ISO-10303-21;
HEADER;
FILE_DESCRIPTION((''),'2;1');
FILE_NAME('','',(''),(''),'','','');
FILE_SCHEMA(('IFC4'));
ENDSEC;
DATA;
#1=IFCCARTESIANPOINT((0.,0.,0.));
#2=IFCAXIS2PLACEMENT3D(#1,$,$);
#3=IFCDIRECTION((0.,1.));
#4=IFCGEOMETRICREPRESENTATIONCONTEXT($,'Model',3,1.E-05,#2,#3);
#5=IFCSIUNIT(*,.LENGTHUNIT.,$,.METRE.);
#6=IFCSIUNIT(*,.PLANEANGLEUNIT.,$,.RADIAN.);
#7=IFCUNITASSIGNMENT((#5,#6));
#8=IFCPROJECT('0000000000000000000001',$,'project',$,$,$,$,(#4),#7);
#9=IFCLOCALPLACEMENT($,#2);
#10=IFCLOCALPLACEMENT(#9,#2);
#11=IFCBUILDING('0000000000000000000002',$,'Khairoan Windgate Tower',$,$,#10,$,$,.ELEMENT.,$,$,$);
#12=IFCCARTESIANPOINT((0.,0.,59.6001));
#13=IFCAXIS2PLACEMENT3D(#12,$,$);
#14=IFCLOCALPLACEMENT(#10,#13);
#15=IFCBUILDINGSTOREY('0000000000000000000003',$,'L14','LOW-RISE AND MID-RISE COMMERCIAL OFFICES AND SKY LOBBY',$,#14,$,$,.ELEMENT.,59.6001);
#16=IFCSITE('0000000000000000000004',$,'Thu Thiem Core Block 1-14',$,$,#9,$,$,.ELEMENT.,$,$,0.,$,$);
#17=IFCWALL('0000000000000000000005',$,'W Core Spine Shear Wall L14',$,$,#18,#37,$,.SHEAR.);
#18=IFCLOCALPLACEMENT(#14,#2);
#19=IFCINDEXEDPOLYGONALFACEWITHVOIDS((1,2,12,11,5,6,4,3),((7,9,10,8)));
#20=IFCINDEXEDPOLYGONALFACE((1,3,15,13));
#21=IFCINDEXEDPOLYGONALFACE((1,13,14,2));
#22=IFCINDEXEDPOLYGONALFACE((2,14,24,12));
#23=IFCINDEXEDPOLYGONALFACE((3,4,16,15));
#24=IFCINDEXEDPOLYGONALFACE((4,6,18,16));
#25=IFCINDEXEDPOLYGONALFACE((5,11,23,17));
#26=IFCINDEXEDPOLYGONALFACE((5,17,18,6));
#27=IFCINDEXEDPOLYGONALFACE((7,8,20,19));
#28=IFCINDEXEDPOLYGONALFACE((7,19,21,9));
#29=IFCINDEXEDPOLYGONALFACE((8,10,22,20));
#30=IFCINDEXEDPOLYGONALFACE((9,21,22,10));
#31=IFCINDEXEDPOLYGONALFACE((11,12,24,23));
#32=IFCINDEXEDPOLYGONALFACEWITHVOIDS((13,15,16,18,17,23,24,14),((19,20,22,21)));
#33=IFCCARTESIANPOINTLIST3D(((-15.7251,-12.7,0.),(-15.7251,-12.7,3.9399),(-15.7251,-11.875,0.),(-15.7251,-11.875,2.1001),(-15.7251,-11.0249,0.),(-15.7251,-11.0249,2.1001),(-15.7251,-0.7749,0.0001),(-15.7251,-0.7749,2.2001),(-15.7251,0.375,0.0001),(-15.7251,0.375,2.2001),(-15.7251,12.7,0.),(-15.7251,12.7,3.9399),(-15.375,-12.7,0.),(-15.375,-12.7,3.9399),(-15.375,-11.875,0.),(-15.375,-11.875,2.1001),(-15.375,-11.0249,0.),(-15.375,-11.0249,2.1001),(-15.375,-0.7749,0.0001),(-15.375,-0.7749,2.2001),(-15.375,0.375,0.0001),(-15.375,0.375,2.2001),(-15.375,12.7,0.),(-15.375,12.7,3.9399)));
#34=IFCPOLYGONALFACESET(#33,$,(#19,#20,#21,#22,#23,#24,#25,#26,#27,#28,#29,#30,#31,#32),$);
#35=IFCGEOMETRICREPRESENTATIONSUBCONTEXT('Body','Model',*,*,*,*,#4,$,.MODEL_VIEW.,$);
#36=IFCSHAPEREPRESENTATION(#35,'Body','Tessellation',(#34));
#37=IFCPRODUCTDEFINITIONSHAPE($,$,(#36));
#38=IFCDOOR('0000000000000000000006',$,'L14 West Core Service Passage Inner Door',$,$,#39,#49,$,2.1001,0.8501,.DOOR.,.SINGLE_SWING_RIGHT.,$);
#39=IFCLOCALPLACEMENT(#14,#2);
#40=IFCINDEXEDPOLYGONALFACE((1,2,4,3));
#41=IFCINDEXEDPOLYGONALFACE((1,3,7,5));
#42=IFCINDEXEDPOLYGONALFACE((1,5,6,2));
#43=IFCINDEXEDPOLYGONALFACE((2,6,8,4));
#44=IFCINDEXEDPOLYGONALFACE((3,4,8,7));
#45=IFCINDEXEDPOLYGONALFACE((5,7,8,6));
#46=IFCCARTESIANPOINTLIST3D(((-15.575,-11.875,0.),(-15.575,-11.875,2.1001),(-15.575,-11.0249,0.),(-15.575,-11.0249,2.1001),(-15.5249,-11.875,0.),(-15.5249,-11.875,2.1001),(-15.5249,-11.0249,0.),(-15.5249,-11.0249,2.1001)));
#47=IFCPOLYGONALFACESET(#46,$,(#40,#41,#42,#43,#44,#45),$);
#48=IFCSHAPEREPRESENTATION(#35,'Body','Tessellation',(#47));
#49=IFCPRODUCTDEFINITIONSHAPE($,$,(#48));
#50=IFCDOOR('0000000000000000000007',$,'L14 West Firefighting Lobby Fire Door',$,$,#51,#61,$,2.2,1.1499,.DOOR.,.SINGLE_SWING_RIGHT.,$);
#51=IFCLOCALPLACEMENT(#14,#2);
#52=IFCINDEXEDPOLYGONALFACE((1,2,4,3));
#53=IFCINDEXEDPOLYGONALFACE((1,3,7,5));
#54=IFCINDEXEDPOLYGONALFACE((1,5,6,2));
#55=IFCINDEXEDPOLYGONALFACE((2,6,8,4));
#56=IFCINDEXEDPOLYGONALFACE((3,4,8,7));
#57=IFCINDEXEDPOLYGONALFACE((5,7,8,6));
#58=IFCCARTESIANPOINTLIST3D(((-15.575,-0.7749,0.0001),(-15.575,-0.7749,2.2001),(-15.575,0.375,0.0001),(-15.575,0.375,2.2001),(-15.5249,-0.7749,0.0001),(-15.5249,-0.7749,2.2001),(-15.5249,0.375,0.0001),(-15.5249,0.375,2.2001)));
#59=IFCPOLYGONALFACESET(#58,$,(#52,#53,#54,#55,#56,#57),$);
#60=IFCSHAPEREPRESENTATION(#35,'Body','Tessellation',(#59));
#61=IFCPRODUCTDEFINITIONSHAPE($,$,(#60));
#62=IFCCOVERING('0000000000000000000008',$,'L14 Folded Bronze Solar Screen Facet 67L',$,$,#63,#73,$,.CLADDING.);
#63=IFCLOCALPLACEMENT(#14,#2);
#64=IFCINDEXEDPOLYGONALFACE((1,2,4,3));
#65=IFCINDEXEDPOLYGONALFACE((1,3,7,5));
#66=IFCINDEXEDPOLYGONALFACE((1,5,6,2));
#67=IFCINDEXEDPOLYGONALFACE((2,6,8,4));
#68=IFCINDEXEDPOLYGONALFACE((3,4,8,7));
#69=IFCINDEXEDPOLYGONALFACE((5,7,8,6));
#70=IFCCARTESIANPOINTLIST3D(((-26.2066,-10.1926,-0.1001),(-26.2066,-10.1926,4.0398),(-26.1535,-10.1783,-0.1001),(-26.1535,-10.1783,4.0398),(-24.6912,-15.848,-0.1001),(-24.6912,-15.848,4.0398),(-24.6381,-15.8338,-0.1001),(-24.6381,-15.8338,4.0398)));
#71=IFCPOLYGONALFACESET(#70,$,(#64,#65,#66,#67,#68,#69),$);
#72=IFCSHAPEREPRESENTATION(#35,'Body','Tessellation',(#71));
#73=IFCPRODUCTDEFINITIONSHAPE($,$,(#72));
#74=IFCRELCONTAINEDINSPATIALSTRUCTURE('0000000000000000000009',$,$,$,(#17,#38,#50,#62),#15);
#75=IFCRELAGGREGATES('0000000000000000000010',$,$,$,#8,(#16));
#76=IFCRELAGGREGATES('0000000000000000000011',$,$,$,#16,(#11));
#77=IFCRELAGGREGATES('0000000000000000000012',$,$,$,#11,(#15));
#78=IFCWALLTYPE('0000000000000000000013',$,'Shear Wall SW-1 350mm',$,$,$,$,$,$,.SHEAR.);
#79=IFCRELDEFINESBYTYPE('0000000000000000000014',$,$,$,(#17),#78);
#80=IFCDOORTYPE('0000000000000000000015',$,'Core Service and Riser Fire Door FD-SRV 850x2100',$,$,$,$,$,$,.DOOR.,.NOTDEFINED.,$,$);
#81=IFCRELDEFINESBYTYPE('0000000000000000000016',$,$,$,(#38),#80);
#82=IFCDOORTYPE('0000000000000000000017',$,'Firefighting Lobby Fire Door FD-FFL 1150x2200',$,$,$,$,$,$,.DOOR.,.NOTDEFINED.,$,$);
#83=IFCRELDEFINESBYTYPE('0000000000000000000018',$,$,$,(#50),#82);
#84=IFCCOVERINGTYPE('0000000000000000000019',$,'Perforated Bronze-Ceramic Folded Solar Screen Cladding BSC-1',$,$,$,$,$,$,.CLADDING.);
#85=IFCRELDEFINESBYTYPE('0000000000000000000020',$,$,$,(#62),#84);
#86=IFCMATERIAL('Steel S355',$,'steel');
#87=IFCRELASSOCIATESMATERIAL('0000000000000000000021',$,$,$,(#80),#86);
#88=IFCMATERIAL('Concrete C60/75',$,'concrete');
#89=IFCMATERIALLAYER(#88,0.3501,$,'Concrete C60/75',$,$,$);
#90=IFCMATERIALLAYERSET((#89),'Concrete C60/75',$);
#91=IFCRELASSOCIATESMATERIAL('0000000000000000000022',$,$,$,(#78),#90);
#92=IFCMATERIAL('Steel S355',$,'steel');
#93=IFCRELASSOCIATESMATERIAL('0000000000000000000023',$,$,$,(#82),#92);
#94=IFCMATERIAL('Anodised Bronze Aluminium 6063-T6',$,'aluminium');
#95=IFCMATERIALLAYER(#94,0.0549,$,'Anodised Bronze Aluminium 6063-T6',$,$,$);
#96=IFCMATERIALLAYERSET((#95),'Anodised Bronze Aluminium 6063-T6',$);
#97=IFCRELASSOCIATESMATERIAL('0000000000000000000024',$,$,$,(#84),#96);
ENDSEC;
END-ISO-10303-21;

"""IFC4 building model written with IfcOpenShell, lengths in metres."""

from ifc_helpers import new_model, si_unit, direction, frame, frame_2d, origin, origin_2d, place, context, subcontext, project, spatial, rectangle, extrude, material, layer, layer_set, type_object, element, fill, save


model = new_model("IFC4")

# Units and contexts
model_context = context("Model", 3, precision=1e-05, world=origin(), true_north=direction((0.0, 1.0)))
body_context = subcontext(model_context, "Body", "Model", "MODEL_VIEW")
ifc_project = project(units=[si_unit("LENGTHUNIT", "METRE"), si_unit("PLANEANGLEUNIT", "RADIAN")], contexts=[model_context])

# Site, building, storey
site_placement = place(None, origin())
site = spatial("IfcSite", under=ifc_project, at=site_placement, Name="Thu Thiem Core Block 1-14", CompositionType="ELEMENT", RefElevation=0.0)
building_placement = place(site_placement, origin())
building = spatial("IfcBuilding", under=site, at=building_placement, Name="Khairoan Windgate Tower", CompositionType="ELEMENT")
storey_placement = place(building_placement, frame((0.0, 0.0, 59.6001)))
storey = spatial("IfcBuildingStorey", under=building, at=storey_placement, Name="L14", Description="LOW-RISE AND MID-RISE COMMERCIAL OFFICES AND SKY LOBBY", CompositionType="ELEMENT", Elevation=59.6001)

# Shared definitions
ifc_material_1 = material(Name="Steel S355", Category="steel")
door_type_1 = type_object("IfcDoorType", Name="Core Service and Riser Fire Door FD-SRV 850x2100", OperationType="NOTDEFINED", PredefinedType="DOOR", material=ifc_material_1)

# Wall, openings, doors
ifc_material_2 = material(Name="Concrete C60/75", Category="concrete")
ifc_layer_1 = layer(ifc_material_2, 0.3501, Name="Concrete C60/75")
ifc_layer_set_1 = layer_set([ifc_layer_1], Name="Concrete C60/75")
wall_type_1 = type_object("IfcWallType", Name="Shear Wall SW-1 350mm", PredefinedType="SHEAR", material=ifc_layer_set_1)
wall_1_placement = place(storey_placement, frame((-15.55, -12.7, 0.0), z_axis=(0.0, 0.0, 1.0), x_axis=(0.0, 1.0, 0.0)))
wall_1 = element("IfcWall", 1, at=wall_1_placement, inside=storey, type_object=wall_type_1, Name="W Core Spine Shear Wall L14", PredefinedType="SHEAR", context=body_context, shape_type="SweptSolid", body=[
    extrude(rectangle(XDim=25.3999, YDim=0.3501, at=frame_2d((12.7, 0.0))), origin(), (0.0, 0.0, 1.0), 3.9399),
])
opening_1_placement = place(wall_1_placement, frame((11.925, 0.0, 0.0)))
opening_1 = element("IfcOpeningElement", 2, at=opening_1_placement, cuts=wall_1, PredefinedType="OPENING", context=body_context, shape_type="SweptSolid", body=[
    extrude(rectangle(XDim=1.1499, YDim=2.2, at=frame_2d((0.575, 1.1001))), frame((0.0, 0.1851, 0.0), z_axis=(0.0, -1.0, 0.0), x_axis=(1.0, 0.0, 0.0)), (0.0, 0.0, 1.0), 0.3701),
])
opening_2_placement = place(wall_1_placement, frame((0.825, 0.0, 0.0)))
opening_2 = element("IfcOpeningElement", 3, at=opening_2_placement, cuts=wall_1, PredefinedType="OPENING", context=body_context, shape_type="SweptSolid", body=[
    extrude(rectangle(XDim=0.8501, YDim=2.1001, at=frame_2d((0.425, 1.05))), frame((0.0, 0.1851, 0.0), z_axis=(0.0, -1.0, 0.0), x_axis=(1.0, 0.0, 0.0)), (0.0, 0.0, 1.0), 0.3701),
])
door_1_placement = place(opening_2_placement, origin())
door_1 = element("IfcDoor", 4, at=door_1_placement, inside=storey, type_object=door_type_1, Name="L14 West Core Service Passage Inner Door", OperationType="SINGLE_SWING_RIGHT", OverallHeight=2.1001, OverallWidth=0.8501, PredefinedType="DOOR", context=body_context, shape_type="SweptSolid", body=[
    extrude(rectangle(XDim=0.8501, YDim=2.1001, at=frame_2d((0.425, 1.05))), frame((0.0, 0.0249, 0.0), z_axis=(0.0, -1.0, 0.0), x_axis=(1.0, 0.0, 0.0)), (0.0, 0.0, 1.0), 0.05),
])
fill(opening_2, door_1)
ifc_material_3 = material(Name="Steel S355", Category="steel")
door_type_2 = type_object("IfcDoorType", Name="Firefighting Lobby Fire Door FD-FFL 1150x2200", OperationType="NOTDEFINED", PredefinedType="DOOR", material=ifc_material_3)
door_2_placement = place(opening_1_placement, origin())
door_2 = element("IfcDoor", 5, at=door_2_placement, inside=storey, type_object=door_type_2, Name="L14 West Firefighting Lobby Fire Door", OperationType="SINGLE_SWING_RIGHT", OverallHeight=2.2, OverallWidth=1.1499, PredefinedType="DOOR", context=body_context, shape_type="SweptSolid", body=[
    extrude(rectangle(XDim=1.1499, YDim=2.2, at=frame_2d((0.575, 1.1001))), frame((0.0, 0.0249, 0.0), z_axis=(0.0, -1.0, 0.0), x_axis=(1.0, 0.0, 0.0)), (0.0, 0.0, 1.0), 0.05),
])
fill(opening_1, door_2)

# Covering
ifc_material_4 = material(Name="Anodised Bronze Aluminium 6063-T6", Category="aluminium")
ifc_layer_2 = layer(ifc_material_4, 0.0549, Name="Anodised Bronze Aluminium 6063-T6")
ifc_layer_set_2 = layer_set([ifc_layer_2], Name="Anodised Bronze Aluminium 6063-T6")
covering_type = type_object("IfcCoveringType", Name="Perforated Bronze-Ceramic Folded Solar Screen Cladding BSC-1", PredefinedType="CLADDING", material=ifc_layer_set_2)
covering_placement = place(storey_placement, frame((-25.4224, -13.0132, -0.1001), z_axis=(0.0, 0.0, 1.0), x_axis=(-0.258819, 0.965926, 0.0)))
element("IfcCovering", 6, at=covering_placement, inside=storey, type_object=covering_type, Name="L14 Folded Bronze Solar Screen Facet 67L", PredefinedType="CLADDING", context=body_context, shape_type="SweptSolid", body=[
    extrude(rectangle(XDim=5.855, YDim=0.0549, at=origin_2d()), origin(), (0.0, 0.0, 1.0), 4.1399),
])

save(model, "model.ifc")
